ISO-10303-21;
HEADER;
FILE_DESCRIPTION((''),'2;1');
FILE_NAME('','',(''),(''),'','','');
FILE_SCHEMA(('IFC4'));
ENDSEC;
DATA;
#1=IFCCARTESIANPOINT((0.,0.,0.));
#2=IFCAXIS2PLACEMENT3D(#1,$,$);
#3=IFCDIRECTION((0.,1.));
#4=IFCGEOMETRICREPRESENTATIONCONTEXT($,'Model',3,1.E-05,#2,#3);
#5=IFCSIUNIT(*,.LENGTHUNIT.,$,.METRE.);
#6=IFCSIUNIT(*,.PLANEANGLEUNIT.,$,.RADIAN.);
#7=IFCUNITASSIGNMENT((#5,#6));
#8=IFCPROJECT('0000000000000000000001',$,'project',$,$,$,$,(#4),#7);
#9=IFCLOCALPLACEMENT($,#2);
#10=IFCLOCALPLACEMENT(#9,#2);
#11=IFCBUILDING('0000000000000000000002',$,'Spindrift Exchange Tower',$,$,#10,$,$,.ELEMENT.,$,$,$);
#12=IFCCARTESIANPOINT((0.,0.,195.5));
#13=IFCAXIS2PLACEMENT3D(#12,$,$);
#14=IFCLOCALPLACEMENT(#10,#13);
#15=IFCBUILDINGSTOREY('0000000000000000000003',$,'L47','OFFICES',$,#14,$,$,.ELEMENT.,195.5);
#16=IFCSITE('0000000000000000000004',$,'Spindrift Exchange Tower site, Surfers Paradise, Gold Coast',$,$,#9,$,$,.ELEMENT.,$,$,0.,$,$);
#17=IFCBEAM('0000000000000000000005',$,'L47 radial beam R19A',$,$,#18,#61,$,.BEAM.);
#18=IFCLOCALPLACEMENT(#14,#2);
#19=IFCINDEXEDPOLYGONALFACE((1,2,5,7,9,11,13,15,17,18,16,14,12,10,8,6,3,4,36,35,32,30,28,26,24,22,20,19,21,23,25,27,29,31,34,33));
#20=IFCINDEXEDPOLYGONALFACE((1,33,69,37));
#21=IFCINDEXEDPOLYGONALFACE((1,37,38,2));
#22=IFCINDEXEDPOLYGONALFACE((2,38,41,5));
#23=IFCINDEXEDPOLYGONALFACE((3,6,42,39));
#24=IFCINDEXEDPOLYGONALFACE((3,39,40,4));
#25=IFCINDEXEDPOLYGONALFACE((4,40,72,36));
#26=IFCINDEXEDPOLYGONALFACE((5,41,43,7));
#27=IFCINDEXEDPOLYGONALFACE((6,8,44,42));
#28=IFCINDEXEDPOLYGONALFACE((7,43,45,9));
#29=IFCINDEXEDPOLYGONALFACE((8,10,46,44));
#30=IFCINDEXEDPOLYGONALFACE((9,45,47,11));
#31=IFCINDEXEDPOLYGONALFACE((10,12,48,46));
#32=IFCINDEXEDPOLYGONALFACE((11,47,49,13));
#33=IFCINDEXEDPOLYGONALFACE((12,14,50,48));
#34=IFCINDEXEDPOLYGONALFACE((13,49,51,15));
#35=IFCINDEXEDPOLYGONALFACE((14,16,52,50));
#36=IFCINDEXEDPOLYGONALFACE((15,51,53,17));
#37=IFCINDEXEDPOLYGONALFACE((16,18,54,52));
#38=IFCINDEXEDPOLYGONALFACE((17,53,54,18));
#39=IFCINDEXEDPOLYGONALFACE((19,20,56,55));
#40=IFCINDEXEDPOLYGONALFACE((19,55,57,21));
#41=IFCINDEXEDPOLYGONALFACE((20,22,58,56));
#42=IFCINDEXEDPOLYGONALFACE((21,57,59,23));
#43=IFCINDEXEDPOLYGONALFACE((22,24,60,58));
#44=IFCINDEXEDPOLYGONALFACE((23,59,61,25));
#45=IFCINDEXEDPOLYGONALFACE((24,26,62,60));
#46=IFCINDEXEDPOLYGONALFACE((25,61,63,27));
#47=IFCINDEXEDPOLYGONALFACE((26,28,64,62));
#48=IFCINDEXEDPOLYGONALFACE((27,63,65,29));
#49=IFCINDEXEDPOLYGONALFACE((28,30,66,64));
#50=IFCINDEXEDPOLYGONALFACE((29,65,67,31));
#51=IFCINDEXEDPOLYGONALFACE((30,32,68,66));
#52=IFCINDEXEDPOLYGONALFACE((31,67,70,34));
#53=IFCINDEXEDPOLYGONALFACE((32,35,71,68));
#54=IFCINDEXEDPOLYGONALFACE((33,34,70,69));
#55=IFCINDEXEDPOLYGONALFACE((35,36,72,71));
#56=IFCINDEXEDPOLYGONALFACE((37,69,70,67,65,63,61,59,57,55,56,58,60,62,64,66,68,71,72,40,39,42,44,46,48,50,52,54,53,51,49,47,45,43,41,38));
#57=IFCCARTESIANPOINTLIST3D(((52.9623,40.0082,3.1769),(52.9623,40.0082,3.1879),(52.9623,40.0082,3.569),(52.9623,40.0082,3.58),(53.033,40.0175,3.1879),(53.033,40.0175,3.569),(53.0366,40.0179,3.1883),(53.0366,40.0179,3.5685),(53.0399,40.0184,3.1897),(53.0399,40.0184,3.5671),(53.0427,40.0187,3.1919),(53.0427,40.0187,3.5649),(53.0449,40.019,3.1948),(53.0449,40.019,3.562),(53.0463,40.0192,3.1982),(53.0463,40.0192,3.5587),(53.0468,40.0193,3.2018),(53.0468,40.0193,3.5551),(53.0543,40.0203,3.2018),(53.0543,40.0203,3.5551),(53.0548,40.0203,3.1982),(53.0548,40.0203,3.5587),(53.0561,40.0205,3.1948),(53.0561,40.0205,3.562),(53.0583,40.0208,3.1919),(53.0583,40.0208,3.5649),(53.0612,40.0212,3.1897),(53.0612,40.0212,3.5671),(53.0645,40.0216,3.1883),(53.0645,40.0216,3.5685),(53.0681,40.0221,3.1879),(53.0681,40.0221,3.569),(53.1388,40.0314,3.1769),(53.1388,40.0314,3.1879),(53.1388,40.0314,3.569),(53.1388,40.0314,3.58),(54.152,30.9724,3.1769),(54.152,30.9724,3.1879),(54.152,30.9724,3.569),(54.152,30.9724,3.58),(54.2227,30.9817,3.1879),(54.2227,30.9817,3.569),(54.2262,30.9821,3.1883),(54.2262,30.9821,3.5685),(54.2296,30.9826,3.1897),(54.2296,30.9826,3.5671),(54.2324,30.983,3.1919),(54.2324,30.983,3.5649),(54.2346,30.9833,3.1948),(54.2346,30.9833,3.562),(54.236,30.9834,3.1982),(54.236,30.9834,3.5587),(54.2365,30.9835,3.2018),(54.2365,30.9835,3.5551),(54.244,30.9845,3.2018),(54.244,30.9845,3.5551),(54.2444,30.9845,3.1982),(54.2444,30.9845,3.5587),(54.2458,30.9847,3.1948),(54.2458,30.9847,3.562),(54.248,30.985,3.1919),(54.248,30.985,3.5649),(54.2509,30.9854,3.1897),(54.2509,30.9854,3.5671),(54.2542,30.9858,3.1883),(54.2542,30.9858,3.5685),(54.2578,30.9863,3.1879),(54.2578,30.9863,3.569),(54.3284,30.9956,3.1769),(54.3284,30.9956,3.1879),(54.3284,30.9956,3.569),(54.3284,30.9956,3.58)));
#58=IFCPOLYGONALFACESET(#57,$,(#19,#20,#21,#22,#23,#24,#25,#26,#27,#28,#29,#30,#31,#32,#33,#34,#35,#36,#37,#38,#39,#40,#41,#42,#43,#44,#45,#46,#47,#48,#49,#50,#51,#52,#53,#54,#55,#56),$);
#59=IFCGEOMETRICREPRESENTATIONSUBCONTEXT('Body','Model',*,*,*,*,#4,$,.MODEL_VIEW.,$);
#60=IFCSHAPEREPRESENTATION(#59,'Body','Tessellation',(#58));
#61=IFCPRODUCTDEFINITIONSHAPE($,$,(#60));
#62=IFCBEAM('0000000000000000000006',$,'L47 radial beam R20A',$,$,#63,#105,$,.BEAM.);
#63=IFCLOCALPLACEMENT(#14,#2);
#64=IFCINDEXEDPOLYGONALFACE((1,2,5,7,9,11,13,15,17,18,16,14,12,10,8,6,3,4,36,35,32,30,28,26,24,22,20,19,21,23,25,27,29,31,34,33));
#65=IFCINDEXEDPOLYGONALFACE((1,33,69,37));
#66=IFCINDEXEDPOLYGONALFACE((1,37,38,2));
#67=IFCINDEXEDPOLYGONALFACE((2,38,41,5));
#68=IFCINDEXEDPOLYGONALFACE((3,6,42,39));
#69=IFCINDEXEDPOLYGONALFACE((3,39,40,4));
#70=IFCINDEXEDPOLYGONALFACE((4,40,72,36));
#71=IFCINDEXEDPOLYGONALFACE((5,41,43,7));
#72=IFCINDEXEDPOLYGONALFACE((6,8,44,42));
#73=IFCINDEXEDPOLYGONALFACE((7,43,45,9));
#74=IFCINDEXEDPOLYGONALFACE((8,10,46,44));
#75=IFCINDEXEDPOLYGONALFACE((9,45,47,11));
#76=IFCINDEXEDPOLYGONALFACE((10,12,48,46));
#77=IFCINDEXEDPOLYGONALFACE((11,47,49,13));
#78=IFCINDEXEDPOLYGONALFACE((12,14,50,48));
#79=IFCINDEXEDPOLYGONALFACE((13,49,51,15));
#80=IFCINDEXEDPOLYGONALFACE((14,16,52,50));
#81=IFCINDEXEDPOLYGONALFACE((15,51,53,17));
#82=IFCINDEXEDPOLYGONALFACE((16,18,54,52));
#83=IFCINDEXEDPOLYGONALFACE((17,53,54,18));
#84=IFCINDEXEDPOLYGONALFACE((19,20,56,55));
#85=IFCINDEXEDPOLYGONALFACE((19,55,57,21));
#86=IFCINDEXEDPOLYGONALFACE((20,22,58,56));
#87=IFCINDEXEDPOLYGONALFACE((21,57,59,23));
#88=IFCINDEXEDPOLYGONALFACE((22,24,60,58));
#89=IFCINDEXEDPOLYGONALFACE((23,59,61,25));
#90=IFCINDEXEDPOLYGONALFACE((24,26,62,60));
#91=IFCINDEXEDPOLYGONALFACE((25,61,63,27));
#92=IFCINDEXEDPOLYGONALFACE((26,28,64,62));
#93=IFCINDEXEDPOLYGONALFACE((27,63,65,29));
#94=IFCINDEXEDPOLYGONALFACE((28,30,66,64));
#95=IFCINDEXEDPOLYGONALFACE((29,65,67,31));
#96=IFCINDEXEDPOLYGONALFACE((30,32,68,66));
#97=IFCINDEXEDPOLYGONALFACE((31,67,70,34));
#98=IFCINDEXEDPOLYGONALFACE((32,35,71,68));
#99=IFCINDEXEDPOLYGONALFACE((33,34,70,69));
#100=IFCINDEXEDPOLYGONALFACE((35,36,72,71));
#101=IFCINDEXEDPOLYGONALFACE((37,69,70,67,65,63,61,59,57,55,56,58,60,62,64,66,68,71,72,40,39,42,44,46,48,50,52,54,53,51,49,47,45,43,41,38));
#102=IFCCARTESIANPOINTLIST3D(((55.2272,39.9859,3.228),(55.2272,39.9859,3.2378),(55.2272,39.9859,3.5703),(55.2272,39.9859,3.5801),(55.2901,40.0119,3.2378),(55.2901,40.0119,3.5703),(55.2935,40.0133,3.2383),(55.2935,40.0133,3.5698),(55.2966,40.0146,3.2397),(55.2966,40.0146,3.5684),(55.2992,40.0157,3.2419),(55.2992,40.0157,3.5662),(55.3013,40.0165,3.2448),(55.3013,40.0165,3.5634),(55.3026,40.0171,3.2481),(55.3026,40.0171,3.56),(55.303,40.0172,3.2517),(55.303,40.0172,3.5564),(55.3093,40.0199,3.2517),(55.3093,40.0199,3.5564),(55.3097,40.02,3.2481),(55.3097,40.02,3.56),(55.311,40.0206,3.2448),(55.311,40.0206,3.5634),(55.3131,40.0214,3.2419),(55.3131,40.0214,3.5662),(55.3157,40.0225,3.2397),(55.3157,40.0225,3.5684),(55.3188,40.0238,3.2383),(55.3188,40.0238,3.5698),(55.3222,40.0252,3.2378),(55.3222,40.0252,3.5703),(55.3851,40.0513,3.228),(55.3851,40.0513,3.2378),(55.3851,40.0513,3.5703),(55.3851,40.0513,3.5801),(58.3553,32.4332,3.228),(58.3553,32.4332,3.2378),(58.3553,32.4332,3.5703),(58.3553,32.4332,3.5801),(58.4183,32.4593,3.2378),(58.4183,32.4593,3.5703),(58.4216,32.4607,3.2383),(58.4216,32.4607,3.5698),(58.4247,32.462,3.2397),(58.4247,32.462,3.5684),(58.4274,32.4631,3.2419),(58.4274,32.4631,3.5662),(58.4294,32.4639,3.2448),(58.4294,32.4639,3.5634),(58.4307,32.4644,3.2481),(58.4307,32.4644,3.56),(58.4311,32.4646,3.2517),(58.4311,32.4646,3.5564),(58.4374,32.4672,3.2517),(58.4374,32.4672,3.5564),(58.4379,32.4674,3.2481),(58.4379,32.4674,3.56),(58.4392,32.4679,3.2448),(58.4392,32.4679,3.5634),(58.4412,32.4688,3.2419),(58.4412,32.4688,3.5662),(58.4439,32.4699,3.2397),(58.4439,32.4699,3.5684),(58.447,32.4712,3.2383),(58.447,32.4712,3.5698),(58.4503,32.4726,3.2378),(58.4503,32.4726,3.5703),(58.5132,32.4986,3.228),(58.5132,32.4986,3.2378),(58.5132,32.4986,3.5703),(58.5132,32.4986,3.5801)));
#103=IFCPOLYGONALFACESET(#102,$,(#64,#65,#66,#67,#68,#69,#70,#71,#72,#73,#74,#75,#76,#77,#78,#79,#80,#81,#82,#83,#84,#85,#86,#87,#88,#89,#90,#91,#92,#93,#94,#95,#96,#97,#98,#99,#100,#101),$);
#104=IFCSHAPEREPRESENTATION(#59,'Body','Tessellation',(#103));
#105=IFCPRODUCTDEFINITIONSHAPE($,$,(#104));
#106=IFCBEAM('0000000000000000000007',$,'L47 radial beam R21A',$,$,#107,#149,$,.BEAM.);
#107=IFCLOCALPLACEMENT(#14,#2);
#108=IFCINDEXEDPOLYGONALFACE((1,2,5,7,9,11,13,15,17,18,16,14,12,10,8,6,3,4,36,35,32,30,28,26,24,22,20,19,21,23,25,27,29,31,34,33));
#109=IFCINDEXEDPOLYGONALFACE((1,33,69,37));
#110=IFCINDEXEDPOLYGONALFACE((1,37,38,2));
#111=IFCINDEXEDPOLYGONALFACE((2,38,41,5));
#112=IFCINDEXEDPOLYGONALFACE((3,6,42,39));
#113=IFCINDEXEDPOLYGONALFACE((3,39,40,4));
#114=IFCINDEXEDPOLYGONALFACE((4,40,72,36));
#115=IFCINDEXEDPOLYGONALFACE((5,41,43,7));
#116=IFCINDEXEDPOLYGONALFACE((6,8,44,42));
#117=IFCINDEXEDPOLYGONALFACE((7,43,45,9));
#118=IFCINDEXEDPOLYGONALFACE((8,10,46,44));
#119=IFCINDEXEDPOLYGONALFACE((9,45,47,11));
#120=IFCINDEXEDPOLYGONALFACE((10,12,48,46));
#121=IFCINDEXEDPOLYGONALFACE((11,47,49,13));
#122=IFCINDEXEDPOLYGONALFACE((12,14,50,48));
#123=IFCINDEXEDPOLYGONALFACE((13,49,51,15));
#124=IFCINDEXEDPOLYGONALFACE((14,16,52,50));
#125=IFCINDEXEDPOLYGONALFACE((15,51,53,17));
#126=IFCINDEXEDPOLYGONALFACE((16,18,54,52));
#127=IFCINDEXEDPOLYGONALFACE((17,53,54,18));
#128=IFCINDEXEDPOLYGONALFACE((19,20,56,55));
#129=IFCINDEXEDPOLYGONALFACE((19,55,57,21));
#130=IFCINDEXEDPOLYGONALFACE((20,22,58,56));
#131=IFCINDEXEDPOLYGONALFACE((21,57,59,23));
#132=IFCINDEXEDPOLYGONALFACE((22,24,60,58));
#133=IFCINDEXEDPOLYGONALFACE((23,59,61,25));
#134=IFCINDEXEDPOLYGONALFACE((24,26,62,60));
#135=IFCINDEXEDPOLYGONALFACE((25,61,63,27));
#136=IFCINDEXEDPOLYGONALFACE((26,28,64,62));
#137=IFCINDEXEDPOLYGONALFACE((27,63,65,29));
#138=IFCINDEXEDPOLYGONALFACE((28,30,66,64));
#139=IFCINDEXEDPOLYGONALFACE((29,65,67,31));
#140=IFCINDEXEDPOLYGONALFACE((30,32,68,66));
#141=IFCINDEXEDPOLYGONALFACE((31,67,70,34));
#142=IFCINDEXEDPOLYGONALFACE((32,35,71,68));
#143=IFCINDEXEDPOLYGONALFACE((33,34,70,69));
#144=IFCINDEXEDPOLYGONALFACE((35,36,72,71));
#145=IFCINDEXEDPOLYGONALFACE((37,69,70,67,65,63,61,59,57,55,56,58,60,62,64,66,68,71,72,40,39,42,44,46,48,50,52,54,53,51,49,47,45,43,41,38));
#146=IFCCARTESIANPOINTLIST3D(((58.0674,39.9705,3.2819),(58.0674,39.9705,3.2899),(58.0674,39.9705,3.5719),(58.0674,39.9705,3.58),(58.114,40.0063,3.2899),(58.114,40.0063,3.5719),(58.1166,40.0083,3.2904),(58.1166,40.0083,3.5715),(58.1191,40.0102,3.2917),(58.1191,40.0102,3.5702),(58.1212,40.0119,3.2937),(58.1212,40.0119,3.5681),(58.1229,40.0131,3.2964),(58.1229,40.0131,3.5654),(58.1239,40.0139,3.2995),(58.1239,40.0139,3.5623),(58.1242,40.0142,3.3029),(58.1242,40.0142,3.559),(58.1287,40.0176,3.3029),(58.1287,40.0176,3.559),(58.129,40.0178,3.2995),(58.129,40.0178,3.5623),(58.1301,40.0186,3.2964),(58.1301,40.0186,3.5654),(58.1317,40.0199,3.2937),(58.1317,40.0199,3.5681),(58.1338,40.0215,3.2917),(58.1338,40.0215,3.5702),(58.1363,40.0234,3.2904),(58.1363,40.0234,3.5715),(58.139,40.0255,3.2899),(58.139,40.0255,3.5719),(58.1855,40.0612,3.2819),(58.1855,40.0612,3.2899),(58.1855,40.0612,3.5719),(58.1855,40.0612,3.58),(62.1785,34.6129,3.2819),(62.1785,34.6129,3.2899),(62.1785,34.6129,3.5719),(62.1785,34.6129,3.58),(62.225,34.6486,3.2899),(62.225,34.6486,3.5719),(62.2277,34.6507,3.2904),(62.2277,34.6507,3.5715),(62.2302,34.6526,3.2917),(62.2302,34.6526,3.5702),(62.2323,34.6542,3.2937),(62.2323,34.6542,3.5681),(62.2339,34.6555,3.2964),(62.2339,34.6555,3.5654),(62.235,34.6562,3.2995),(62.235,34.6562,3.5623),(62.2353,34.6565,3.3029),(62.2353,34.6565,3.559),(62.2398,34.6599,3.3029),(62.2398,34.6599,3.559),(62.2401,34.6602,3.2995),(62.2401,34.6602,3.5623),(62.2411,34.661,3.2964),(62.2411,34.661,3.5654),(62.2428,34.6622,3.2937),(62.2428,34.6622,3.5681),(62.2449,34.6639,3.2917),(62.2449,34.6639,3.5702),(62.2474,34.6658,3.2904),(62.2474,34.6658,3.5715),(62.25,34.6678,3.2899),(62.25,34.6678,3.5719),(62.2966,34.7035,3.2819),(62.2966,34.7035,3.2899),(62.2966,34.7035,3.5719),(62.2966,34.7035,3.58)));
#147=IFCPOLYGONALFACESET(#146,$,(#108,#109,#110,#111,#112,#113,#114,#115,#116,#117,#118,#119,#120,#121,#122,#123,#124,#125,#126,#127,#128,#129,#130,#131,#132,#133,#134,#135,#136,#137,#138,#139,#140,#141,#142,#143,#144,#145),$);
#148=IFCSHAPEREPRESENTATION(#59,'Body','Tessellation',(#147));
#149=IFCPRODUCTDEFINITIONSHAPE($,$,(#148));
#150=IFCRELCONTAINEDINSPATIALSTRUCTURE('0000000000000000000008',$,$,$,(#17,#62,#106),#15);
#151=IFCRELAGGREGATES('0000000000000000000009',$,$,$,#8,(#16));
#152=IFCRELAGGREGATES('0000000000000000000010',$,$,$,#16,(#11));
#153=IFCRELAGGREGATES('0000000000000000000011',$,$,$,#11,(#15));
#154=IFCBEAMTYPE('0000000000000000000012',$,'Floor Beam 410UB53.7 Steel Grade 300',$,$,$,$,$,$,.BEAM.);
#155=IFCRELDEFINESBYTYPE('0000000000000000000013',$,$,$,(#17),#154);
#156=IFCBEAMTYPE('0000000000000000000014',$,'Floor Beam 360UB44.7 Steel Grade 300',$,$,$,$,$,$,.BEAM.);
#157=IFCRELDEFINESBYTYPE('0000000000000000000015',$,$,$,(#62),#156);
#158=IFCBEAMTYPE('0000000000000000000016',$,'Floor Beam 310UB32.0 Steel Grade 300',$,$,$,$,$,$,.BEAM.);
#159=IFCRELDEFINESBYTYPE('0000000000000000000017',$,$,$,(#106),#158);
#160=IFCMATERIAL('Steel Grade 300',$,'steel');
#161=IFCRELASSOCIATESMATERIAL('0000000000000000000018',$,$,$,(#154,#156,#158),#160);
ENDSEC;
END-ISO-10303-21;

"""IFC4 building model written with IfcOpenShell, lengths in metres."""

from ifc_helpers import new_model, si_unit, direction, frame, origin, origin_2d, place, context, subcontext, project, spatial, i_section, extrude, source, transform, mapped, material, material_profile, profile_set, type_object, element, save


model = new_model("IFC4")

# Units and contexts
model_context = context("Model", 3, precision=1e-05, world=origin(), true_north=direction((0.0, 1.0)))
body_context = subcontext(model_context, "Body", "Model", "MODEL_VIEW")
ifc_project = project(units=[si_unit("LENGTHUNIT", "METRE"), si_unit("PLANEANGLEUNIT", "RADIAN")], contexts=[model_context])

# Site, building, storey
site_placement = place(None, origin())
site = spatial("IfcSite", under=ifc_project, at=site_placement, Name="Spindrift Exchange Tower site, Surfers Paradise, Gold Coast", CompositionType="ELEMENT", RefElevation=0.0)
building_placement = place(site_placement, origin())
building = spatial("IfcBuilding", under=site, at=building_placement, Name="Spindrift Exchange Tower", CompositionType="ELEMENT")
storey_placement = place(building_placement, frame((0.0, 0.0, 195.5)))
storey = spatial("IfcBuildingStorey", under=building, at=storey_placement, Name="L47", Description="OFFICES", CompositionType="ELEMENT", Elevation=195.5)

# Beams
ifc_material_1 = material(Name="Steel Grade 300", Category="steel")
ifc_material_profile_1 = material_profile(ifc_material_1, i_section(OverallWidth=0.178, OverallDepth=0.4031, WebThickness=0.0076, FlangeThickness=0.011, FilletRadius=0.0139, at=origin_2d()), Name="410UB53.7")
ifc_profile_set_1 = profile_set([ifc_material_profile_1], Name="Steel Grade 300")
beam_type_1 = type_object("IfcBeamType", Name="Floor Beam 410UB53.7 Steel Grade 300", PredefinedType="BEAM", material=ifc_profile_set_1)
shared_shape_1 = source(origin(), body_context, "Body", "SweptSolid", [
    extrude(i_section(OverallWidth=0.178, OverallDepth=0.4031, WebThickness=0.0076, FlangeThickness=0.011, FilletRadius=0.0139, at=origin_2d()), origin(), (0.0, 0.0, 1.0), 9.1138),
])
beam_1_placement = place(storey_placement, frame((53.0505, 40.0198, 3.3784), z_axis=(0.130537, -0.991443, 0.0), x_axis=(0.991443, 0.130537, 0.0)))
element("IfcBeam", 1, at=beam_1_placement, inside=storey, type_object=beam_type_1, Name="L47 radial beam R19A", PredefinedType="BEAM", context=body_context, shape_type="MappedRepresentation", body=[
    mapped(shared_shape_1, transform((0.0, 0.0, 0.0), scale=1.0)),
])
ifc_material_profile_2 = material_profile(ifc_material_1, i_section(OverallWidth=0.1709, OverallDepth=0.3521, WebThickness=0.0068, FlangeThickness=0.0098, FilletRadius=0.0139, at=origin_2d()), Name="360UB44.7")
ifc_profile_set_2 = profile_set([ifc_material_profile_2], Name="Steel Grade 300")
beam_type_2 = type_object("IfcBeamType", Name="Floor Beam 360UB44.7 Steel Grade 300", PredefinedType="BEAM", material=ifc_profile_set_2)
shared_shape_2 = source(origin(), body_context, "Body", "SweptSolid", [
    extrude(i_section(OverallWidth=0.1709, OverallDepth=0.3521, WebThickness=0.0068, FlangeThickness=0.0098, FilletRadius=0.0139, at=origin_2d()), origin(), (0.0, 0.0, 1.0), 8.1748),
])
beam_2_placement = place(storey_placement, frame((55.3062, 40.0186, 3.4041), z_axis=(0.382655, -0.923891, 0.0), x_axis=(0.923891, 0.382655, 0.0)))
element("IfcBeam", 2, at=beam_2_placement, inside=storey, type_object=beam_type_2, Name="L47 radial beam R20A", PredefinedType="BEAM", context=body_context, shape_type="MappedRepresentation", body=[
    mapped(shared_shape_2, transform((0.0, 0.0, 0.0), scale=1.0)),
])
ifc_material_profile_3 = material_profile(ifc_material_1, i_section(OverallWidth=0.1489, OverallDepth=0.2981, WebThickness=0.0056, FlangeThickness=0.0081, FilletRadius=0.0129, at=origin_2d()), Name="310UB32.0")
ifc_profile_set_3 = profile_set([ifc_material_profile_3], Name="Steel Grade 300")
beam_type_3 = type_object("IfcBeamType", Name="Floor Beam 310UB32.0 Steel Grade 300", PredefinedType="BEAM", material=ifc_profile_set_3)
shared_shape_3 = source(origin(), body_context, "Body", "SweptSolid", [
    extrude(i_section(OverallWidth=0.1489, OverallDepth=0.2981, WebThickness=0.0056, FlangeThickness=0.0081, FilletRadius=0.0129, at=origin_2d()), origin(), (0.0, 0.0, 1.0), 6.7532),
])
beam_3_placement = place(storey_placement, frame((58.1265, 40.0159, 3.4309), z_axis=(0.608762, -0.793353, 0.0), x_axis=(0.793353, 0.608762, 0.0)))
element("IfcBeam", 3, at=beam_3_placement, inside=storey, type_object=beam_type_3, Name="L47 radial beam R21A", PredefinedType="BEAM", context=body_context, shape_type="MappedRepresentation", body=[
    mapped(shared_shape_3, transform((0.0, 0.0, 0.0), scale=1.0)),
])

save(model, "model.ifc")
